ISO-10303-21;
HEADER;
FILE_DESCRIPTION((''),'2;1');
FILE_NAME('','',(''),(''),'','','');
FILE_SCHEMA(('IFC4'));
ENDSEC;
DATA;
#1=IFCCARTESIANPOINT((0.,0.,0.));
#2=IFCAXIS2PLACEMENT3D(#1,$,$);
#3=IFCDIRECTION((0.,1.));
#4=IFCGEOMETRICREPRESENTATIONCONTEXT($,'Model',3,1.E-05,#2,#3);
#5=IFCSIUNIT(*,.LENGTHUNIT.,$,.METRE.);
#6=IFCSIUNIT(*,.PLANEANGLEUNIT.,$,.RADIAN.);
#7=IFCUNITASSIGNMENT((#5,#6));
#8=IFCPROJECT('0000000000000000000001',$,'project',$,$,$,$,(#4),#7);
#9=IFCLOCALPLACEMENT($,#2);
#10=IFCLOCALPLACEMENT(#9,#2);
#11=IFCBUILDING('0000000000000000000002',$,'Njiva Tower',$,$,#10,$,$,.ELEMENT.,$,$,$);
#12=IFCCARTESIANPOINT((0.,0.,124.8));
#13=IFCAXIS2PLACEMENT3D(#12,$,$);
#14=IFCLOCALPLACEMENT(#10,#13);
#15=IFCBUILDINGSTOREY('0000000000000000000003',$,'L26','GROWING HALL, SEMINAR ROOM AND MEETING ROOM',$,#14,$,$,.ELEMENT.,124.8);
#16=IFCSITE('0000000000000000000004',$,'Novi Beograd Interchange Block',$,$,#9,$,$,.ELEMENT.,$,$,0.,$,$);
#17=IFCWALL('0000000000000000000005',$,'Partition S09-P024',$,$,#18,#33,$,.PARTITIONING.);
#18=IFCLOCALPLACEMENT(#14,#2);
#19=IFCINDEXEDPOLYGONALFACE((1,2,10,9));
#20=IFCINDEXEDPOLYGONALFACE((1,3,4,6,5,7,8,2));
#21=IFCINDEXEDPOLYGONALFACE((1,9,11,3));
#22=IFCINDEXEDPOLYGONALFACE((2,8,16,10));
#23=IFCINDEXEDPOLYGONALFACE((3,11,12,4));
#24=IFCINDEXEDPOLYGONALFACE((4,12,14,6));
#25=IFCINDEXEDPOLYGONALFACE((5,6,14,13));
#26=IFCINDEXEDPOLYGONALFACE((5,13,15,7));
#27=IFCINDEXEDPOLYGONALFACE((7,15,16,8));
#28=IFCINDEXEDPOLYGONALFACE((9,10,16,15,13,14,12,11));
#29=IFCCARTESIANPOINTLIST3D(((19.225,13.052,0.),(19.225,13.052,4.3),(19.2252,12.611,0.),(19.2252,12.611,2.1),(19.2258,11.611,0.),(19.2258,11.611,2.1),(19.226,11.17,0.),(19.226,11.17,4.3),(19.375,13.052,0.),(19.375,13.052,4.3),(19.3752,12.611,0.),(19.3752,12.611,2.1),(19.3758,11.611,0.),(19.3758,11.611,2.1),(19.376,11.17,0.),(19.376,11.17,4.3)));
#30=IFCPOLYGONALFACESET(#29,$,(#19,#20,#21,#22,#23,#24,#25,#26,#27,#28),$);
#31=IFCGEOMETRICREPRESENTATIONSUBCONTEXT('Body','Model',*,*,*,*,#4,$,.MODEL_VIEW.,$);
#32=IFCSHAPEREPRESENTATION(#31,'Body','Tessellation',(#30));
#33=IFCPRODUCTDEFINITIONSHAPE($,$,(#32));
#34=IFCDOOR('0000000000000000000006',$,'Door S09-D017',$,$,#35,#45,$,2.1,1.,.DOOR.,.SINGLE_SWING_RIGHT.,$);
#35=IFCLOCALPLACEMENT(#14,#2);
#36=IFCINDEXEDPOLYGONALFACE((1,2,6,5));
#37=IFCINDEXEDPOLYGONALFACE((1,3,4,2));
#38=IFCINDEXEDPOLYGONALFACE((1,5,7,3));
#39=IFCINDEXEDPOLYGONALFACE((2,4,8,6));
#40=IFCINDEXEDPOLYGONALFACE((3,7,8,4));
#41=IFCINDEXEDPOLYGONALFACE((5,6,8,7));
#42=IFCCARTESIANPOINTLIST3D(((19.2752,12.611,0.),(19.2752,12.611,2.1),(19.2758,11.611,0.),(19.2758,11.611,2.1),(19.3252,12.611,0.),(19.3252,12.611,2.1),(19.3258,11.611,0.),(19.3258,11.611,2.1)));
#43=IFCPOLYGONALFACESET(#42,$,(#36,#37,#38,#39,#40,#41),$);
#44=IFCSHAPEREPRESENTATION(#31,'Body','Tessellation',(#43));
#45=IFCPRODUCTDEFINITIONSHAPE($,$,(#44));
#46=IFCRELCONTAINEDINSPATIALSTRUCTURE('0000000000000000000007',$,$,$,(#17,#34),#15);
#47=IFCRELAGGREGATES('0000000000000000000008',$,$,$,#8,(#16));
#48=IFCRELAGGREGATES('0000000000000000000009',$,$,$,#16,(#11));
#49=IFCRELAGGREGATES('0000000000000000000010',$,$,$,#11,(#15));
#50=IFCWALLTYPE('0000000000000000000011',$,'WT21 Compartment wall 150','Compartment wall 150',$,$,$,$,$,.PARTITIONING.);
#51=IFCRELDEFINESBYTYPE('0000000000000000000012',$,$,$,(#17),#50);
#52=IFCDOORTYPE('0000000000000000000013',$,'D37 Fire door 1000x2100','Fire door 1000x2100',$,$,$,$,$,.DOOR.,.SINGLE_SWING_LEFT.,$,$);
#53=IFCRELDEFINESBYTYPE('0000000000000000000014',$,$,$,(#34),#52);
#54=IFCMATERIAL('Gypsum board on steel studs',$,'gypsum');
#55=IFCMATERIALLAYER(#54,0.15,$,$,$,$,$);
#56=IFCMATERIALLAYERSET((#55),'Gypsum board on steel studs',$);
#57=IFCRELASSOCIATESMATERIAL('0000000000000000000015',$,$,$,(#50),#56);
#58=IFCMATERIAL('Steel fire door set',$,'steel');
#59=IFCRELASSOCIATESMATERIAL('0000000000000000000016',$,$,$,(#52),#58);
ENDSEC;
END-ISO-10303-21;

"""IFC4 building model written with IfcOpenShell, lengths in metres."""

from ifc_helpers import new_model, si_unit, direction, frame, frame_2d, origin, place, context, subcontext, project, spatial, rectangle, extrude, material, layer, layer_set, type_object, element, fill, save


model = new_model("IFC4")

# Units and contexts
model_context = context("Model", 3, precision=1e-05, world=origin(), true_north=direction((0.0, 1.0)))
body_context = subcontext(model_context, "Body", "Model", "MODEL_VIEW")
ifc_project = project(units=[si_unit("LENGTHUNIT", "METRE"), si_unit("PLANEANGLEUNIT", "RADIAN")], contexts=[model_context])

# Site, building, storey
site_placement = place(None, origin())
site = spatial("IfcSite", under=ifc_project, at=site_placement, Name="Novi Beograd Interchange Block", CompositionType="ELEMENT", RefElevation=0.0)
building_placement = place(site_placement, origin())
building = spatial("IfcBuilding", under=site, at=building_placement, Name="Njiva Tower", CompositionType="ELEMENT")
storey_placement = place(building_placement, frame((0.0, 0.0, 124.8)))
storey = spatial("IfcBuildingStorey", under=building, at=storey_placement, Name="L26", Description="GROWING HALL, SEMINAR ROOM AND MEETING ROOM", CompositionType="ELEMENT", Elevation=124.8)

# Shared definitions
ifc_material_1 = material(Name="Gypsum board on steel studs", Category="gypsum")

# Wall, opening, door
ifc_layer_1 = layer(ifc_material_1, 0.15)
ifc_layer_set_1 = layer_set([ifc_layer_1], Name="Gypsum board on steel studs")
wall_type_1 = type_object("IfcWallType", Name="WT21 Compartment wall 150", Description="Compartment wall 150", PredefinedType="PARTITIONING", material=ifc_layer_set_1)
ifc_material_2 = material(Name="Steel fire door set", Category="steel")
door_type = type_object("IfcDoorType", Name="D37 Fire door 1000x2100", Description="Fire door 1000x2100", OperationType="SINGLE_SWING_LEFT", PredefinedType="DOOR", material=ifc_material_2)
wall_1_placement = place(storey_placement, frame((19.3, 13.052, 0.0), z_axis=(0.0, 0.0, 1.0), x_axis=(0.000531, -1.0, 0.0)))
wall_1 = element("IfcWall", 1, at=wall_1_placement, inside=storey, type_object=wall_type_1, Name="Partition S09-P024", PredefinedType="PARTITIONING", context=body_context, shape_type="SweptSolid", body=[
    extrude(rectangle(XDim=1.882, YDim=0.15, at=frame_2d((0.941, 0.0))), origin(), (0.0, 0.0, 1.0), 4.3),
])
opening_1_placement = place(wall_1_placement, frame((0.441, 0.0, 0.0)))
opening_1 = element("IfcOpeningElement", 2, at=opening_1_placement, cuts=wall_1, PredefinedType="OPENING", context=body_context, shape_type="SweptSolid", body=[
    extrude(rectangle(XDim=1.0, YDim=2.1, at=frame_2d((0.5, 1.05))), frame((0.0, 0.085, 0.0), z_axis=(0.0, -1.0, 0.0), x_axis=(1.0, 0.0, 0.0)), (0.0, 0.0, 1.0), 0.17),
])
door_1_placement = place(opening_1_placement, origin())
door_1 = element("IfcDoor", 3, at=door_1_placement, inside=storey, type_object=door_type, Name="Door S09-D017", OperationType="SINGLE_SWING_RIGHT", OverallHeight=2.1, OverallWidth=1.0, PredefinedType="DOOR", context=body_context, shape_type="SweptSolid", body=[
    extrude(rectangle(XDim=1.0, YDim=2.1, at=frame_2d((0.5, 1.05))), frame((0.0, 0.025, 0.0), z_axis=(0.0, -1.0, 0.0), x_axis=(1.0, 0.0, 0.0)), (0.0, 0.0, 1.0), 0.05),
])
fill(opening_1, door_1)

save(model, "model.ifc")
